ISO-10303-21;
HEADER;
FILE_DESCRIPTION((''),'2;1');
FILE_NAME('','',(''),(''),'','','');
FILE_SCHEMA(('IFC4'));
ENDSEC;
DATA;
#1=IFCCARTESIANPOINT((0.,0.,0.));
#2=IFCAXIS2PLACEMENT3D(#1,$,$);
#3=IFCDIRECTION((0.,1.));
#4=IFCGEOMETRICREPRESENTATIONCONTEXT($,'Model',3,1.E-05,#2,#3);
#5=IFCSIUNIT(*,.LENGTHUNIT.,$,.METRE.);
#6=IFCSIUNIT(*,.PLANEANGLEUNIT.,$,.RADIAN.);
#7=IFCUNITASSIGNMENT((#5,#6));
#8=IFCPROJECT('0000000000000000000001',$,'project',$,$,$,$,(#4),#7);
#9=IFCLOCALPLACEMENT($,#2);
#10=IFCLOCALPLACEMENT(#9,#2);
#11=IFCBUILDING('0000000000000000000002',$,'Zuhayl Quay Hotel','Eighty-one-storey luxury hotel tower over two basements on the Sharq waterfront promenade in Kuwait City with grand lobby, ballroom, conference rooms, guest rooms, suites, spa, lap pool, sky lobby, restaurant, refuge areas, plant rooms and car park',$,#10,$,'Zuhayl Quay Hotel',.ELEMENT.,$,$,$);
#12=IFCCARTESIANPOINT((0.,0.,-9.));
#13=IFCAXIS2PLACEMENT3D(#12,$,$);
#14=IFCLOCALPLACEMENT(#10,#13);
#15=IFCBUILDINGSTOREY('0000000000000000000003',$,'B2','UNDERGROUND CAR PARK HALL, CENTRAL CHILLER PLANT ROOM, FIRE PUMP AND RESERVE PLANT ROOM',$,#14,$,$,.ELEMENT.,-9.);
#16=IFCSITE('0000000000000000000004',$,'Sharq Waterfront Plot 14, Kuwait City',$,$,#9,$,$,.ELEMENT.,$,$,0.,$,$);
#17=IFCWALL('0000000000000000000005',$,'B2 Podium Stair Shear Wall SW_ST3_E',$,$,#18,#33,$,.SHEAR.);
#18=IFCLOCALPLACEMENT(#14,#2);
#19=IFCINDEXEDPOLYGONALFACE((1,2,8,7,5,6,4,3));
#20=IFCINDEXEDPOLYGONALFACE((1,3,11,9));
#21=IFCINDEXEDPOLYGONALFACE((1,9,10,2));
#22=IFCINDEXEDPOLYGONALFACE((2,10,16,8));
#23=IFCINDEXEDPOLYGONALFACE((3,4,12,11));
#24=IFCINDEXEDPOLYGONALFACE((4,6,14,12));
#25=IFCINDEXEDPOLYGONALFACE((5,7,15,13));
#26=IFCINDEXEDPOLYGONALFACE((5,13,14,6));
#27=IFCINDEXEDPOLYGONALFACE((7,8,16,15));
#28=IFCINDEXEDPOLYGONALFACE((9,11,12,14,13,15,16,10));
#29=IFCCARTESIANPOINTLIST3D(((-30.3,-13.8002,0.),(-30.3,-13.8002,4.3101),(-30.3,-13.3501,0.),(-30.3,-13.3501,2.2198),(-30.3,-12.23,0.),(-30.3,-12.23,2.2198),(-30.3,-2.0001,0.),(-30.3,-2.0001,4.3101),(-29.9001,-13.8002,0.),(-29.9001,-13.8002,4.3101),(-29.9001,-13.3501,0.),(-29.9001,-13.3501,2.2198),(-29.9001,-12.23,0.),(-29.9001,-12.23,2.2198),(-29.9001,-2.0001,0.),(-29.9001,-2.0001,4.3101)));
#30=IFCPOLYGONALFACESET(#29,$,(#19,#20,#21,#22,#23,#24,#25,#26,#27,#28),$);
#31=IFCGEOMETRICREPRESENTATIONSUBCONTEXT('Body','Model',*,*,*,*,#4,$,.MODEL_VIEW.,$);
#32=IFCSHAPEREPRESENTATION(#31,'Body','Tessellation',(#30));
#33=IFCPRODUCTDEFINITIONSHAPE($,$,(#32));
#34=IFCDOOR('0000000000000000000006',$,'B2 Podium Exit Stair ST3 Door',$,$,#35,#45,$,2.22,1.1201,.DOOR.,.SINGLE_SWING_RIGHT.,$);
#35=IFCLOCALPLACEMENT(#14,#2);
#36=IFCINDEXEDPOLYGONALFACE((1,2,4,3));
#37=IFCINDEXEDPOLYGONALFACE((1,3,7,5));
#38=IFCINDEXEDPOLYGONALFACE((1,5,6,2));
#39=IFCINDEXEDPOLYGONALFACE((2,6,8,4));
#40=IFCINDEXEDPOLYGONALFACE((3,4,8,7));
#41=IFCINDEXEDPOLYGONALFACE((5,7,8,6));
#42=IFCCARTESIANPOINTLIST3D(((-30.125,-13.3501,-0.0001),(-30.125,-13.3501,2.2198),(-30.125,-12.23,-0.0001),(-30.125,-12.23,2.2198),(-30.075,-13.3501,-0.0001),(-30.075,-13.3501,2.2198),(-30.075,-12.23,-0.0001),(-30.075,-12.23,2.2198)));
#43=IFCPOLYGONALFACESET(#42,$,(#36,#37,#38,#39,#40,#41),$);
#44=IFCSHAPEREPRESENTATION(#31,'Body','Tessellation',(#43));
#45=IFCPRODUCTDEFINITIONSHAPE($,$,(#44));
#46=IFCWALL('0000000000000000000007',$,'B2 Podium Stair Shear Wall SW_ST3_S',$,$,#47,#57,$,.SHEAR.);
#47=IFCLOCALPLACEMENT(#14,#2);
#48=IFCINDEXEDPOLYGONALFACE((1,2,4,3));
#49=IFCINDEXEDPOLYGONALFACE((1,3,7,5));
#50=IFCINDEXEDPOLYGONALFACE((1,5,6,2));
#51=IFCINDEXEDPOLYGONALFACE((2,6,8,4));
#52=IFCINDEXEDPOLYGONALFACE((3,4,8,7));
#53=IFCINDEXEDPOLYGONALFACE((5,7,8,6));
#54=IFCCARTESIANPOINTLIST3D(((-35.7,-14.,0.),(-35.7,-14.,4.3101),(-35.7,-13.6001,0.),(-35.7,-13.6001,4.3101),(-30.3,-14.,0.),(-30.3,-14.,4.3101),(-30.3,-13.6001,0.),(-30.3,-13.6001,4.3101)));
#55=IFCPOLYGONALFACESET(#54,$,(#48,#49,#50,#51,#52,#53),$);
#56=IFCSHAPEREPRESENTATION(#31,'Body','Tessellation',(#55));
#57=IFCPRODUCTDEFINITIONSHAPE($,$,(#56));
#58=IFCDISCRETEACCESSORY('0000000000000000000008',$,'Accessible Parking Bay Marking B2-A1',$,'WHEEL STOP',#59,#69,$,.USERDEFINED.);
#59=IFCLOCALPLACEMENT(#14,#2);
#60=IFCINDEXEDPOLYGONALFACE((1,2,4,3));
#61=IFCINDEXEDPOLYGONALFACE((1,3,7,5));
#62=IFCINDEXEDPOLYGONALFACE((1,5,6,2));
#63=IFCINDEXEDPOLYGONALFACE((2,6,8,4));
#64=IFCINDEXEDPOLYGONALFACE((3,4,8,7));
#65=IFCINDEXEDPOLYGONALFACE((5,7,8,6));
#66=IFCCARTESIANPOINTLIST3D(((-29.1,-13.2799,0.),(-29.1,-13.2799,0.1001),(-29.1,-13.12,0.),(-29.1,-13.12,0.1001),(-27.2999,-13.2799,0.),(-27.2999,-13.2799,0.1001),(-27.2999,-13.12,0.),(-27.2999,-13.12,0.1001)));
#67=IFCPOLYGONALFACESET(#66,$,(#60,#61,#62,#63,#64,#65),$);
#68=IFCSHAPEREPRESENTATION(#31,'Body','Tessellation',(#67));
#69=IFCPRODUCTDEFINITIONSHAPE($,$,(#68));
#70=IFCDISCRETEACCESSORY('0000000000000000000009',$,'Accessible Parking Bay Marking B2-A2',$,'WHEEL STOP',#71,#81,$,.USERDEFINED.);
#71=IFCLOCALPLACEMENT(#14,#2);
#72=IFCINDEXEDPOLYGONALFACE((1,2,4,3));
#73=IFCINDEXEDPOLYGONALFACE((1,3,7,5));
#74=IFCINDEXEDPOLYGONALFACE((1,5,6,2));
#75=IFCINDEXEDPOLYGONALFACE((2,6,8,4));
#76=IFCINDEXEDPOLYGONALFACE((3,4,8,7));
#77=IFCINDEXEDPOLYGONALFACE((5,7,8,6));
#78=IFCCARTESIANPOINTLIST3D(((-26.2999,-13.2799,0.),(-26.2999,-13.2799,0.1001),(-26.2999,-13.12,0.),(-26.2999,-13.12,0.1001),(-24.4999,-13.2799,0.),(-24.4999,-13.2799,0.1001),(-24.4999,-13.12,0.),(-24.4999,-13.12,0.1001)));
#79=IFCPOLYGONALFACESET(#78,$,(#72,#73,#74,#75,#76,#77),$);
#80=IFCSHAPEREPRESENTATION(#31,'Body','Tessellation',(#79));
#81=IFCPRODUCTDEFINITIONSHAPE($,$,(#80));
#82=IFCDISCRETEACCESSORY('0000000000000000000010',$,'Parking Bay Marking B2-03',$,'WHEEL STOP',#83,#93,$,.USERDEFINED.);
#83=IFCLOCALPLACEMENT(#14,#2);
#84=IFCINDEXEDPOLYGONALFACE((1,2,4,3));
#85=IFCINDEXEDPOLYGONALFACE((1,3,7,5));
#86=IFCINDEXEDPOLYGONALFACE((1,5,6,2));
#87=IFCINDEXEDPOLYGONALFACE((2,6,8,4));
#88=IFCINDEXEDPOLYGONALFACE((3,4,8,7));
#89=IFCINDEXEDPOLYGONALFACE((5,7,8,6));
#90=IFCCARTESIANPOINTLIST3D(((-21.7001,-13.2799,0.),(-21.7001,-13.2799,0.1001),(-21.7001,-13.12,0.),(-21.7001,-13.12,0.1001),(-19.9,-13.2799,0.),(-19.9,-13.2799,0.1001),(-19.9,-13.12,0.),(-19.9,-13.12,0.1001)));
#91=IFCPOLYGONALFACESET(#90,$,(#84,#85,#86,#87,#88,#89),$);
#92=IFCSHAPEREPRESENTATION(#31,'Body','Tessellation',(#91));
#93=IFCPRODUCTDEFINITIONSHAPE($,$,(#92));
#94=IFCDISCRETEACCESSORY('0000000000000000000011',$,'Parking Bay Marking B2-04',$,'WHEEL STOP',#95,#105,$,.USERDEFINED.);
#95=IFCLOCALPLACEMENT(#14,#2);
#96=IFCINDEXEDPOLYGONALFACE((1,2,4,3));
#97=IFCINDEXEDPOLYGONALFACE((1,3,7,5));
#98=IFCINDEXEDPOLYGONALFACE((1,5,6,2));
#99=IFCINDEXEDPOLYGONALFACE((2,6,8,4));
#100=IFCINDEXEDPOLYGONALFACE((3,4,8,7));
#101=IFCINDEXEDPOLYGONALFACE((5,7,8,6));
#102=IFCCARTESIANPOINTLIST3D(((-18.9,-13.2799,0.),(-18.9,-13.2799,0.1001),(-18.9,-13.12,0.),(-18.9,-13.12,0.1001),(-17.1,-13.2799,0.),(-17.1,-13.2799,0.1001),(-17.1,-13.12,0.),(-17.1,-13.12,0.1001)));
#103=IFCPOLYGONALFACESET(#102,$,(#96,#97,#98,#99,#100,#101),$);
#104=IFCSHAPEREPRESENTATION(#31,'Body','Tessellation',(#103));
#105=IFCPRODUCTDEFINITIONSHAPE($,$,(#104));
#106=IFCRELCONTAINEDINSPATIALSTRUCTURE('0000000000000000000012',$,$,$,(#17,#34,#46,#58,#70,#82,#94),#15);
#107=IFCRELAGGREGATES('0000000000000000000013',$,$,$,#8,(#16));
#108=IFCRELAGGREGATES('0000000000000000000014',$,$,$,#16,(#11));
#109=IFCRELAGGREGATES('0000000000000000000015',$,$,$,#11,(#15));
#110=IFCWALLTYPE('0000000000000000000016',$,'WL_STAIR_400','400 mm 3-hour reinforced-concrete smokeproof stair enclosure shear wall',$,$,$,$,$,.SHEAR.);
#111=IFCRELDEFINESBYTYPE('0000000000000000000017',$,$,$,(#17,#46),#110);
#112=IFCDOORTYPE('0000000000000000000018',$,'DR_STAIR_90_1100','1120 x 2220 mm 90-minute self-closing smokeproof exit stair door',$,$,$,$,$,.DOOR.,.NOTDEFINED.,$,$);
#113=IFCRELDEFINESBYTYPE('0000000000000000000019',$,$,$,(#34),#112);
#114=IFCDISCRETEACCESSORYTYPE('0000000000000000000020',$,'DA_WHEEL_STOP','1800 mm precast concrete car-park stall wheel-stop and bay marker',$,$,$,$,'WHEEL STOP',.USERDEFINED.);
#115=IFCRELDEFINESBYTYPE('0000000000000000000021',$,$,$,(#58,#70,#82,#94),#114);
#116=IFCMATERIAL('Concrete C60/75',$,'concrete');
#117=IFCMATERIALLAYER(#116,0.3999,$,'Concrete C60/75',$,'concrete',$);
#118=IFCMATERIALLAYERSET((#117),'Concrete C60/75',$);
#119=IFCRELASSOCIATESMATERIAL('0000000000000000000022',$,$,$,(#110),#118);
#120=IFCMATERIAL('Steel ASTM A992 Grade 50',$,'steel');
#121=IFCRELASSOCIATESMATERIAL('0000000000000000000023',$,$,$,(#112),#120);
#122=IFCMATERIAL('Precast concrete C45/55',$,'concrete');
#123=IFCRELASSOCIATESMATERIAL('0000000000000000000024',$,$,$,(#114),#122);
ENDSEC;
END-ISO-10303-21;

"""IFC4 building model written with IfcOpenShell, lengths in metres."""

from ifc_helpers import new_model, si_unit, direction, frame, frame_2d, origin, origin_2d, place, context, subcontext, project, spatial, rectangle, extrude, material, layer, layer_set, type_object, element, fill, save


model = new_model("IFC4")

# Units and contexts
model_context = context("Model", 3, precision=1e-05, world=origin(), true_north=direction((0.0, 1.0)))
body_context = subcontext(model_context, "Body", "Model", "MODEL_VIEW")
ifc_project = project(units=[si_unit("LENGTHUNIT", "METRE"), si_unit("PLANEANGLEUNIT", "RADIAN")], contexts=[model_context])

# Site, building, storey
site_placement = place(None, origin())
site = spatial("IfcSite", under=ifc_project, at=site_placement, Name="Sharq Waterfront Plot 14, Kuwait City", CompositionType="ELEMENT", RefElevation=0.0)
building_placement = place(site_placement, origin())
building = spatial("IfcBuilding", under=site, at=building_placement, Name="Zuhayl Quay Hotel", Description="Eighty-one-storey luxury hotel tower over two basements on the Sharq waterfront promenade in Kuwait City with grand lobby, ballroom, conference rooms, guest rooms, suites, spa, lap pool, sky lobby, restaurant, refuge areas, plant rooms and car park", LongName="Zuhayl Quay Hotel", CompositionType="ELEMENT")
storey_placement = place(building_placement, frame((0.0, 0.0, -9.0)))
storey = spatial("IfcBuildingStorey", under=building, at=storey_placement, Name="B2", Description="UNDERGROUND CAR PARK HALL, CENTRAL CHILLER PLANT ROOM, FIRE PUMP AND RESERVE PLANT ROOM", CompositionType="ELEMENT", Elevation=-9.0)

# Shared definitions
ifc_material_1 = material(Name="Concrete C60/75", Category="concrete")

# Shared definitions
ifc_material_2 = material(Name="Precast concrete C45/55", Category="concrete")
ifc_material_3 = material(Name="Steel ASTM A992 Grade 50", Category="steel")

# Wall, opening, door
ifc_layer_1 = layer(ifc_material_1, 0.3999, Name="Concrete C60/75", Category="concrete")
ifc_layer_set_1 = layer_set([ifc_layer_1], Name="Concrete C60/75")
wall_type_1 = type_object("IfcWallType", Name="WL_STAIR_400", Description="400 mm 3-hour reinforced-concrete smokeproof stair enclosure shear wall", PredefinedType="SHEAR", material=ifc_layer_set_1)
wall_1_placement = place(storey_placement, frame((-30.1001, -13.8, 0.0), z_axis=(0.0, 0.0, 1.0), x_axis=(0.0, 1.0, 0.0)))
wall_1 = element("IfcWall", 1, at=wall_1_placement, inside=storey, type_object=wall_type_1, Name="B2 Podium Stair Shear Wall SW_ST3_E", PredefinedType="SHEAR", context=body_context, shape_type="SweptSolid", body=[
    extrude(rectangle(XDim=11.8, YDim=0.3999, at=frame_2d((5.8999, 0.0))), origin(), (0.0, 0.0, 1.0), 4.3101),
])
opening_1_placement = place(wall_1_placement, frame((0.45, 0.0, 0.0)))
opening_1 = element("IfcOpeningElement", 2, at=opening_1_placement, cuts=wall_1, PredefinedType="OPENING", context=body_context, shape_type="SweptSolid", body=[
    extrude(rectangle(XDim=1.1201, YDim=2.22, at=frame_2d((0.5601, 1.1099))), frame((0.0, 0.21, 0.0), z_axis=(0.0, -1.0, 0.0), x_axis=(1.0, 0.0, 0.0)), (0.0, 0.0, 1.0), 0.4199),
])
door_type_1 = type_object("IfcDoorType", Name="DR_STAIR_90_1100", Description="1120 x 2220 mm 90-minute self-closing smokeproof exit stair door", OperationType="NOTDEFINED", PredefinedType="DOOR", material=ifc_material_3)
door_1_placement = place(opening_1_placement, origin())
door_1 = element("IfcDoor", 3, at=door_1_placement, inside=storey, type_object=door_type_1, Name="B2 Podium Exit Stair ST3 Door", OperationType="SINGLE_SWING_RIGHT", OverallHeight=2.22, OverallWidth=1.1201, PredefinedType="DOOR", context=body_context, shape_type="SweptSolid", body=[
    extrude(rectangle(XDim=1.1201, YDim=2.22, at=frame_2d((0.5601, 1.1099))), frame((0.0, 0.0249, 0.0), z_axis=(0.0, -1.0, 0.0), x_axis=(1.0, 0.0, 0.0)), (0.0, 0.0, 1.0), 0.05),
])
fill(opening_1, door_1)

# Wall
wall_2_placement = place(storey_placement, frame((-35.7, -13.8, 0.0), z_axis=(0.0, 0.0, 1.0), x_axis=(1.0, 0.0, 0.0)))
element("IfcWall", 4, at=wall_2_placement, inside=storey, type_object=wall_type_1, Name="B2 Podium Stair Shear Wall SW_ST3_S", PredefinedType="SHEAR", context=body_context, shape_type="SweptSolid", body=[
    extrude(rectangle(XDim=5.3999, YDim=0.3999, at=frame_2d((2.7, 0.0))), origin(), (0.0, 0.0, 1.0), 4.3101),
])

# Discrete accessories
discrete_accessory_type = type_object("IfcDiscreteAccessoryType", Name="DA_WHEEL_STOP", Description="1800 mm precast concrete car-park stall wheel-stop and bay marker", ElementType="WHEEL STOP", PredefinedType="USERDEFINED", material=ifc_material_2)
for number, where, z_axis, x_axis, name in (
    (5, (-28.2, -13.2, 0.0), (0.0, 0.0, 1.0), (1.0, 0.0, 0.0), "Accessible Parking Bay Marking B2-A1"),
    (6, (-25.3999, -13.2, 0.0), (0.0, 0.0, 1.0), (1.0, 0.0, 0.0), "Accessible Parking Bay Marking B2-A2"),
    (7, (-20.8, -13.2, 0.0), (0.0, 0.0, 1.0), (1.0, 0.0, 0.0), "Parking Bay Marking B2-03"),
    (8, (-18.0, -13.2, 0.0), (0.0, 0.0, 1.0), (1.0, 0.0, 0.0), "Parking Bay Marking B2-04"),
):
    element("IfcDiscreteAccessory", number, at=place(storey_placement, frame(where, z_axis=z_axis, x_axis=x_axis)), inside=storey, type_object=discrete_accessory_type, Name=name, ObjectType="WHEEL STOP", PredefinedType="USERDEFINED", context=body_context, shape_type="SweptSolid", body=[
        extrude(rectangle(XDim=1.8, YDim=0.1599, at=origin_2d()), origin(), (0.0, 0.0, 1.0), 0.1001),
    ])

save(model, "model.ifc")
